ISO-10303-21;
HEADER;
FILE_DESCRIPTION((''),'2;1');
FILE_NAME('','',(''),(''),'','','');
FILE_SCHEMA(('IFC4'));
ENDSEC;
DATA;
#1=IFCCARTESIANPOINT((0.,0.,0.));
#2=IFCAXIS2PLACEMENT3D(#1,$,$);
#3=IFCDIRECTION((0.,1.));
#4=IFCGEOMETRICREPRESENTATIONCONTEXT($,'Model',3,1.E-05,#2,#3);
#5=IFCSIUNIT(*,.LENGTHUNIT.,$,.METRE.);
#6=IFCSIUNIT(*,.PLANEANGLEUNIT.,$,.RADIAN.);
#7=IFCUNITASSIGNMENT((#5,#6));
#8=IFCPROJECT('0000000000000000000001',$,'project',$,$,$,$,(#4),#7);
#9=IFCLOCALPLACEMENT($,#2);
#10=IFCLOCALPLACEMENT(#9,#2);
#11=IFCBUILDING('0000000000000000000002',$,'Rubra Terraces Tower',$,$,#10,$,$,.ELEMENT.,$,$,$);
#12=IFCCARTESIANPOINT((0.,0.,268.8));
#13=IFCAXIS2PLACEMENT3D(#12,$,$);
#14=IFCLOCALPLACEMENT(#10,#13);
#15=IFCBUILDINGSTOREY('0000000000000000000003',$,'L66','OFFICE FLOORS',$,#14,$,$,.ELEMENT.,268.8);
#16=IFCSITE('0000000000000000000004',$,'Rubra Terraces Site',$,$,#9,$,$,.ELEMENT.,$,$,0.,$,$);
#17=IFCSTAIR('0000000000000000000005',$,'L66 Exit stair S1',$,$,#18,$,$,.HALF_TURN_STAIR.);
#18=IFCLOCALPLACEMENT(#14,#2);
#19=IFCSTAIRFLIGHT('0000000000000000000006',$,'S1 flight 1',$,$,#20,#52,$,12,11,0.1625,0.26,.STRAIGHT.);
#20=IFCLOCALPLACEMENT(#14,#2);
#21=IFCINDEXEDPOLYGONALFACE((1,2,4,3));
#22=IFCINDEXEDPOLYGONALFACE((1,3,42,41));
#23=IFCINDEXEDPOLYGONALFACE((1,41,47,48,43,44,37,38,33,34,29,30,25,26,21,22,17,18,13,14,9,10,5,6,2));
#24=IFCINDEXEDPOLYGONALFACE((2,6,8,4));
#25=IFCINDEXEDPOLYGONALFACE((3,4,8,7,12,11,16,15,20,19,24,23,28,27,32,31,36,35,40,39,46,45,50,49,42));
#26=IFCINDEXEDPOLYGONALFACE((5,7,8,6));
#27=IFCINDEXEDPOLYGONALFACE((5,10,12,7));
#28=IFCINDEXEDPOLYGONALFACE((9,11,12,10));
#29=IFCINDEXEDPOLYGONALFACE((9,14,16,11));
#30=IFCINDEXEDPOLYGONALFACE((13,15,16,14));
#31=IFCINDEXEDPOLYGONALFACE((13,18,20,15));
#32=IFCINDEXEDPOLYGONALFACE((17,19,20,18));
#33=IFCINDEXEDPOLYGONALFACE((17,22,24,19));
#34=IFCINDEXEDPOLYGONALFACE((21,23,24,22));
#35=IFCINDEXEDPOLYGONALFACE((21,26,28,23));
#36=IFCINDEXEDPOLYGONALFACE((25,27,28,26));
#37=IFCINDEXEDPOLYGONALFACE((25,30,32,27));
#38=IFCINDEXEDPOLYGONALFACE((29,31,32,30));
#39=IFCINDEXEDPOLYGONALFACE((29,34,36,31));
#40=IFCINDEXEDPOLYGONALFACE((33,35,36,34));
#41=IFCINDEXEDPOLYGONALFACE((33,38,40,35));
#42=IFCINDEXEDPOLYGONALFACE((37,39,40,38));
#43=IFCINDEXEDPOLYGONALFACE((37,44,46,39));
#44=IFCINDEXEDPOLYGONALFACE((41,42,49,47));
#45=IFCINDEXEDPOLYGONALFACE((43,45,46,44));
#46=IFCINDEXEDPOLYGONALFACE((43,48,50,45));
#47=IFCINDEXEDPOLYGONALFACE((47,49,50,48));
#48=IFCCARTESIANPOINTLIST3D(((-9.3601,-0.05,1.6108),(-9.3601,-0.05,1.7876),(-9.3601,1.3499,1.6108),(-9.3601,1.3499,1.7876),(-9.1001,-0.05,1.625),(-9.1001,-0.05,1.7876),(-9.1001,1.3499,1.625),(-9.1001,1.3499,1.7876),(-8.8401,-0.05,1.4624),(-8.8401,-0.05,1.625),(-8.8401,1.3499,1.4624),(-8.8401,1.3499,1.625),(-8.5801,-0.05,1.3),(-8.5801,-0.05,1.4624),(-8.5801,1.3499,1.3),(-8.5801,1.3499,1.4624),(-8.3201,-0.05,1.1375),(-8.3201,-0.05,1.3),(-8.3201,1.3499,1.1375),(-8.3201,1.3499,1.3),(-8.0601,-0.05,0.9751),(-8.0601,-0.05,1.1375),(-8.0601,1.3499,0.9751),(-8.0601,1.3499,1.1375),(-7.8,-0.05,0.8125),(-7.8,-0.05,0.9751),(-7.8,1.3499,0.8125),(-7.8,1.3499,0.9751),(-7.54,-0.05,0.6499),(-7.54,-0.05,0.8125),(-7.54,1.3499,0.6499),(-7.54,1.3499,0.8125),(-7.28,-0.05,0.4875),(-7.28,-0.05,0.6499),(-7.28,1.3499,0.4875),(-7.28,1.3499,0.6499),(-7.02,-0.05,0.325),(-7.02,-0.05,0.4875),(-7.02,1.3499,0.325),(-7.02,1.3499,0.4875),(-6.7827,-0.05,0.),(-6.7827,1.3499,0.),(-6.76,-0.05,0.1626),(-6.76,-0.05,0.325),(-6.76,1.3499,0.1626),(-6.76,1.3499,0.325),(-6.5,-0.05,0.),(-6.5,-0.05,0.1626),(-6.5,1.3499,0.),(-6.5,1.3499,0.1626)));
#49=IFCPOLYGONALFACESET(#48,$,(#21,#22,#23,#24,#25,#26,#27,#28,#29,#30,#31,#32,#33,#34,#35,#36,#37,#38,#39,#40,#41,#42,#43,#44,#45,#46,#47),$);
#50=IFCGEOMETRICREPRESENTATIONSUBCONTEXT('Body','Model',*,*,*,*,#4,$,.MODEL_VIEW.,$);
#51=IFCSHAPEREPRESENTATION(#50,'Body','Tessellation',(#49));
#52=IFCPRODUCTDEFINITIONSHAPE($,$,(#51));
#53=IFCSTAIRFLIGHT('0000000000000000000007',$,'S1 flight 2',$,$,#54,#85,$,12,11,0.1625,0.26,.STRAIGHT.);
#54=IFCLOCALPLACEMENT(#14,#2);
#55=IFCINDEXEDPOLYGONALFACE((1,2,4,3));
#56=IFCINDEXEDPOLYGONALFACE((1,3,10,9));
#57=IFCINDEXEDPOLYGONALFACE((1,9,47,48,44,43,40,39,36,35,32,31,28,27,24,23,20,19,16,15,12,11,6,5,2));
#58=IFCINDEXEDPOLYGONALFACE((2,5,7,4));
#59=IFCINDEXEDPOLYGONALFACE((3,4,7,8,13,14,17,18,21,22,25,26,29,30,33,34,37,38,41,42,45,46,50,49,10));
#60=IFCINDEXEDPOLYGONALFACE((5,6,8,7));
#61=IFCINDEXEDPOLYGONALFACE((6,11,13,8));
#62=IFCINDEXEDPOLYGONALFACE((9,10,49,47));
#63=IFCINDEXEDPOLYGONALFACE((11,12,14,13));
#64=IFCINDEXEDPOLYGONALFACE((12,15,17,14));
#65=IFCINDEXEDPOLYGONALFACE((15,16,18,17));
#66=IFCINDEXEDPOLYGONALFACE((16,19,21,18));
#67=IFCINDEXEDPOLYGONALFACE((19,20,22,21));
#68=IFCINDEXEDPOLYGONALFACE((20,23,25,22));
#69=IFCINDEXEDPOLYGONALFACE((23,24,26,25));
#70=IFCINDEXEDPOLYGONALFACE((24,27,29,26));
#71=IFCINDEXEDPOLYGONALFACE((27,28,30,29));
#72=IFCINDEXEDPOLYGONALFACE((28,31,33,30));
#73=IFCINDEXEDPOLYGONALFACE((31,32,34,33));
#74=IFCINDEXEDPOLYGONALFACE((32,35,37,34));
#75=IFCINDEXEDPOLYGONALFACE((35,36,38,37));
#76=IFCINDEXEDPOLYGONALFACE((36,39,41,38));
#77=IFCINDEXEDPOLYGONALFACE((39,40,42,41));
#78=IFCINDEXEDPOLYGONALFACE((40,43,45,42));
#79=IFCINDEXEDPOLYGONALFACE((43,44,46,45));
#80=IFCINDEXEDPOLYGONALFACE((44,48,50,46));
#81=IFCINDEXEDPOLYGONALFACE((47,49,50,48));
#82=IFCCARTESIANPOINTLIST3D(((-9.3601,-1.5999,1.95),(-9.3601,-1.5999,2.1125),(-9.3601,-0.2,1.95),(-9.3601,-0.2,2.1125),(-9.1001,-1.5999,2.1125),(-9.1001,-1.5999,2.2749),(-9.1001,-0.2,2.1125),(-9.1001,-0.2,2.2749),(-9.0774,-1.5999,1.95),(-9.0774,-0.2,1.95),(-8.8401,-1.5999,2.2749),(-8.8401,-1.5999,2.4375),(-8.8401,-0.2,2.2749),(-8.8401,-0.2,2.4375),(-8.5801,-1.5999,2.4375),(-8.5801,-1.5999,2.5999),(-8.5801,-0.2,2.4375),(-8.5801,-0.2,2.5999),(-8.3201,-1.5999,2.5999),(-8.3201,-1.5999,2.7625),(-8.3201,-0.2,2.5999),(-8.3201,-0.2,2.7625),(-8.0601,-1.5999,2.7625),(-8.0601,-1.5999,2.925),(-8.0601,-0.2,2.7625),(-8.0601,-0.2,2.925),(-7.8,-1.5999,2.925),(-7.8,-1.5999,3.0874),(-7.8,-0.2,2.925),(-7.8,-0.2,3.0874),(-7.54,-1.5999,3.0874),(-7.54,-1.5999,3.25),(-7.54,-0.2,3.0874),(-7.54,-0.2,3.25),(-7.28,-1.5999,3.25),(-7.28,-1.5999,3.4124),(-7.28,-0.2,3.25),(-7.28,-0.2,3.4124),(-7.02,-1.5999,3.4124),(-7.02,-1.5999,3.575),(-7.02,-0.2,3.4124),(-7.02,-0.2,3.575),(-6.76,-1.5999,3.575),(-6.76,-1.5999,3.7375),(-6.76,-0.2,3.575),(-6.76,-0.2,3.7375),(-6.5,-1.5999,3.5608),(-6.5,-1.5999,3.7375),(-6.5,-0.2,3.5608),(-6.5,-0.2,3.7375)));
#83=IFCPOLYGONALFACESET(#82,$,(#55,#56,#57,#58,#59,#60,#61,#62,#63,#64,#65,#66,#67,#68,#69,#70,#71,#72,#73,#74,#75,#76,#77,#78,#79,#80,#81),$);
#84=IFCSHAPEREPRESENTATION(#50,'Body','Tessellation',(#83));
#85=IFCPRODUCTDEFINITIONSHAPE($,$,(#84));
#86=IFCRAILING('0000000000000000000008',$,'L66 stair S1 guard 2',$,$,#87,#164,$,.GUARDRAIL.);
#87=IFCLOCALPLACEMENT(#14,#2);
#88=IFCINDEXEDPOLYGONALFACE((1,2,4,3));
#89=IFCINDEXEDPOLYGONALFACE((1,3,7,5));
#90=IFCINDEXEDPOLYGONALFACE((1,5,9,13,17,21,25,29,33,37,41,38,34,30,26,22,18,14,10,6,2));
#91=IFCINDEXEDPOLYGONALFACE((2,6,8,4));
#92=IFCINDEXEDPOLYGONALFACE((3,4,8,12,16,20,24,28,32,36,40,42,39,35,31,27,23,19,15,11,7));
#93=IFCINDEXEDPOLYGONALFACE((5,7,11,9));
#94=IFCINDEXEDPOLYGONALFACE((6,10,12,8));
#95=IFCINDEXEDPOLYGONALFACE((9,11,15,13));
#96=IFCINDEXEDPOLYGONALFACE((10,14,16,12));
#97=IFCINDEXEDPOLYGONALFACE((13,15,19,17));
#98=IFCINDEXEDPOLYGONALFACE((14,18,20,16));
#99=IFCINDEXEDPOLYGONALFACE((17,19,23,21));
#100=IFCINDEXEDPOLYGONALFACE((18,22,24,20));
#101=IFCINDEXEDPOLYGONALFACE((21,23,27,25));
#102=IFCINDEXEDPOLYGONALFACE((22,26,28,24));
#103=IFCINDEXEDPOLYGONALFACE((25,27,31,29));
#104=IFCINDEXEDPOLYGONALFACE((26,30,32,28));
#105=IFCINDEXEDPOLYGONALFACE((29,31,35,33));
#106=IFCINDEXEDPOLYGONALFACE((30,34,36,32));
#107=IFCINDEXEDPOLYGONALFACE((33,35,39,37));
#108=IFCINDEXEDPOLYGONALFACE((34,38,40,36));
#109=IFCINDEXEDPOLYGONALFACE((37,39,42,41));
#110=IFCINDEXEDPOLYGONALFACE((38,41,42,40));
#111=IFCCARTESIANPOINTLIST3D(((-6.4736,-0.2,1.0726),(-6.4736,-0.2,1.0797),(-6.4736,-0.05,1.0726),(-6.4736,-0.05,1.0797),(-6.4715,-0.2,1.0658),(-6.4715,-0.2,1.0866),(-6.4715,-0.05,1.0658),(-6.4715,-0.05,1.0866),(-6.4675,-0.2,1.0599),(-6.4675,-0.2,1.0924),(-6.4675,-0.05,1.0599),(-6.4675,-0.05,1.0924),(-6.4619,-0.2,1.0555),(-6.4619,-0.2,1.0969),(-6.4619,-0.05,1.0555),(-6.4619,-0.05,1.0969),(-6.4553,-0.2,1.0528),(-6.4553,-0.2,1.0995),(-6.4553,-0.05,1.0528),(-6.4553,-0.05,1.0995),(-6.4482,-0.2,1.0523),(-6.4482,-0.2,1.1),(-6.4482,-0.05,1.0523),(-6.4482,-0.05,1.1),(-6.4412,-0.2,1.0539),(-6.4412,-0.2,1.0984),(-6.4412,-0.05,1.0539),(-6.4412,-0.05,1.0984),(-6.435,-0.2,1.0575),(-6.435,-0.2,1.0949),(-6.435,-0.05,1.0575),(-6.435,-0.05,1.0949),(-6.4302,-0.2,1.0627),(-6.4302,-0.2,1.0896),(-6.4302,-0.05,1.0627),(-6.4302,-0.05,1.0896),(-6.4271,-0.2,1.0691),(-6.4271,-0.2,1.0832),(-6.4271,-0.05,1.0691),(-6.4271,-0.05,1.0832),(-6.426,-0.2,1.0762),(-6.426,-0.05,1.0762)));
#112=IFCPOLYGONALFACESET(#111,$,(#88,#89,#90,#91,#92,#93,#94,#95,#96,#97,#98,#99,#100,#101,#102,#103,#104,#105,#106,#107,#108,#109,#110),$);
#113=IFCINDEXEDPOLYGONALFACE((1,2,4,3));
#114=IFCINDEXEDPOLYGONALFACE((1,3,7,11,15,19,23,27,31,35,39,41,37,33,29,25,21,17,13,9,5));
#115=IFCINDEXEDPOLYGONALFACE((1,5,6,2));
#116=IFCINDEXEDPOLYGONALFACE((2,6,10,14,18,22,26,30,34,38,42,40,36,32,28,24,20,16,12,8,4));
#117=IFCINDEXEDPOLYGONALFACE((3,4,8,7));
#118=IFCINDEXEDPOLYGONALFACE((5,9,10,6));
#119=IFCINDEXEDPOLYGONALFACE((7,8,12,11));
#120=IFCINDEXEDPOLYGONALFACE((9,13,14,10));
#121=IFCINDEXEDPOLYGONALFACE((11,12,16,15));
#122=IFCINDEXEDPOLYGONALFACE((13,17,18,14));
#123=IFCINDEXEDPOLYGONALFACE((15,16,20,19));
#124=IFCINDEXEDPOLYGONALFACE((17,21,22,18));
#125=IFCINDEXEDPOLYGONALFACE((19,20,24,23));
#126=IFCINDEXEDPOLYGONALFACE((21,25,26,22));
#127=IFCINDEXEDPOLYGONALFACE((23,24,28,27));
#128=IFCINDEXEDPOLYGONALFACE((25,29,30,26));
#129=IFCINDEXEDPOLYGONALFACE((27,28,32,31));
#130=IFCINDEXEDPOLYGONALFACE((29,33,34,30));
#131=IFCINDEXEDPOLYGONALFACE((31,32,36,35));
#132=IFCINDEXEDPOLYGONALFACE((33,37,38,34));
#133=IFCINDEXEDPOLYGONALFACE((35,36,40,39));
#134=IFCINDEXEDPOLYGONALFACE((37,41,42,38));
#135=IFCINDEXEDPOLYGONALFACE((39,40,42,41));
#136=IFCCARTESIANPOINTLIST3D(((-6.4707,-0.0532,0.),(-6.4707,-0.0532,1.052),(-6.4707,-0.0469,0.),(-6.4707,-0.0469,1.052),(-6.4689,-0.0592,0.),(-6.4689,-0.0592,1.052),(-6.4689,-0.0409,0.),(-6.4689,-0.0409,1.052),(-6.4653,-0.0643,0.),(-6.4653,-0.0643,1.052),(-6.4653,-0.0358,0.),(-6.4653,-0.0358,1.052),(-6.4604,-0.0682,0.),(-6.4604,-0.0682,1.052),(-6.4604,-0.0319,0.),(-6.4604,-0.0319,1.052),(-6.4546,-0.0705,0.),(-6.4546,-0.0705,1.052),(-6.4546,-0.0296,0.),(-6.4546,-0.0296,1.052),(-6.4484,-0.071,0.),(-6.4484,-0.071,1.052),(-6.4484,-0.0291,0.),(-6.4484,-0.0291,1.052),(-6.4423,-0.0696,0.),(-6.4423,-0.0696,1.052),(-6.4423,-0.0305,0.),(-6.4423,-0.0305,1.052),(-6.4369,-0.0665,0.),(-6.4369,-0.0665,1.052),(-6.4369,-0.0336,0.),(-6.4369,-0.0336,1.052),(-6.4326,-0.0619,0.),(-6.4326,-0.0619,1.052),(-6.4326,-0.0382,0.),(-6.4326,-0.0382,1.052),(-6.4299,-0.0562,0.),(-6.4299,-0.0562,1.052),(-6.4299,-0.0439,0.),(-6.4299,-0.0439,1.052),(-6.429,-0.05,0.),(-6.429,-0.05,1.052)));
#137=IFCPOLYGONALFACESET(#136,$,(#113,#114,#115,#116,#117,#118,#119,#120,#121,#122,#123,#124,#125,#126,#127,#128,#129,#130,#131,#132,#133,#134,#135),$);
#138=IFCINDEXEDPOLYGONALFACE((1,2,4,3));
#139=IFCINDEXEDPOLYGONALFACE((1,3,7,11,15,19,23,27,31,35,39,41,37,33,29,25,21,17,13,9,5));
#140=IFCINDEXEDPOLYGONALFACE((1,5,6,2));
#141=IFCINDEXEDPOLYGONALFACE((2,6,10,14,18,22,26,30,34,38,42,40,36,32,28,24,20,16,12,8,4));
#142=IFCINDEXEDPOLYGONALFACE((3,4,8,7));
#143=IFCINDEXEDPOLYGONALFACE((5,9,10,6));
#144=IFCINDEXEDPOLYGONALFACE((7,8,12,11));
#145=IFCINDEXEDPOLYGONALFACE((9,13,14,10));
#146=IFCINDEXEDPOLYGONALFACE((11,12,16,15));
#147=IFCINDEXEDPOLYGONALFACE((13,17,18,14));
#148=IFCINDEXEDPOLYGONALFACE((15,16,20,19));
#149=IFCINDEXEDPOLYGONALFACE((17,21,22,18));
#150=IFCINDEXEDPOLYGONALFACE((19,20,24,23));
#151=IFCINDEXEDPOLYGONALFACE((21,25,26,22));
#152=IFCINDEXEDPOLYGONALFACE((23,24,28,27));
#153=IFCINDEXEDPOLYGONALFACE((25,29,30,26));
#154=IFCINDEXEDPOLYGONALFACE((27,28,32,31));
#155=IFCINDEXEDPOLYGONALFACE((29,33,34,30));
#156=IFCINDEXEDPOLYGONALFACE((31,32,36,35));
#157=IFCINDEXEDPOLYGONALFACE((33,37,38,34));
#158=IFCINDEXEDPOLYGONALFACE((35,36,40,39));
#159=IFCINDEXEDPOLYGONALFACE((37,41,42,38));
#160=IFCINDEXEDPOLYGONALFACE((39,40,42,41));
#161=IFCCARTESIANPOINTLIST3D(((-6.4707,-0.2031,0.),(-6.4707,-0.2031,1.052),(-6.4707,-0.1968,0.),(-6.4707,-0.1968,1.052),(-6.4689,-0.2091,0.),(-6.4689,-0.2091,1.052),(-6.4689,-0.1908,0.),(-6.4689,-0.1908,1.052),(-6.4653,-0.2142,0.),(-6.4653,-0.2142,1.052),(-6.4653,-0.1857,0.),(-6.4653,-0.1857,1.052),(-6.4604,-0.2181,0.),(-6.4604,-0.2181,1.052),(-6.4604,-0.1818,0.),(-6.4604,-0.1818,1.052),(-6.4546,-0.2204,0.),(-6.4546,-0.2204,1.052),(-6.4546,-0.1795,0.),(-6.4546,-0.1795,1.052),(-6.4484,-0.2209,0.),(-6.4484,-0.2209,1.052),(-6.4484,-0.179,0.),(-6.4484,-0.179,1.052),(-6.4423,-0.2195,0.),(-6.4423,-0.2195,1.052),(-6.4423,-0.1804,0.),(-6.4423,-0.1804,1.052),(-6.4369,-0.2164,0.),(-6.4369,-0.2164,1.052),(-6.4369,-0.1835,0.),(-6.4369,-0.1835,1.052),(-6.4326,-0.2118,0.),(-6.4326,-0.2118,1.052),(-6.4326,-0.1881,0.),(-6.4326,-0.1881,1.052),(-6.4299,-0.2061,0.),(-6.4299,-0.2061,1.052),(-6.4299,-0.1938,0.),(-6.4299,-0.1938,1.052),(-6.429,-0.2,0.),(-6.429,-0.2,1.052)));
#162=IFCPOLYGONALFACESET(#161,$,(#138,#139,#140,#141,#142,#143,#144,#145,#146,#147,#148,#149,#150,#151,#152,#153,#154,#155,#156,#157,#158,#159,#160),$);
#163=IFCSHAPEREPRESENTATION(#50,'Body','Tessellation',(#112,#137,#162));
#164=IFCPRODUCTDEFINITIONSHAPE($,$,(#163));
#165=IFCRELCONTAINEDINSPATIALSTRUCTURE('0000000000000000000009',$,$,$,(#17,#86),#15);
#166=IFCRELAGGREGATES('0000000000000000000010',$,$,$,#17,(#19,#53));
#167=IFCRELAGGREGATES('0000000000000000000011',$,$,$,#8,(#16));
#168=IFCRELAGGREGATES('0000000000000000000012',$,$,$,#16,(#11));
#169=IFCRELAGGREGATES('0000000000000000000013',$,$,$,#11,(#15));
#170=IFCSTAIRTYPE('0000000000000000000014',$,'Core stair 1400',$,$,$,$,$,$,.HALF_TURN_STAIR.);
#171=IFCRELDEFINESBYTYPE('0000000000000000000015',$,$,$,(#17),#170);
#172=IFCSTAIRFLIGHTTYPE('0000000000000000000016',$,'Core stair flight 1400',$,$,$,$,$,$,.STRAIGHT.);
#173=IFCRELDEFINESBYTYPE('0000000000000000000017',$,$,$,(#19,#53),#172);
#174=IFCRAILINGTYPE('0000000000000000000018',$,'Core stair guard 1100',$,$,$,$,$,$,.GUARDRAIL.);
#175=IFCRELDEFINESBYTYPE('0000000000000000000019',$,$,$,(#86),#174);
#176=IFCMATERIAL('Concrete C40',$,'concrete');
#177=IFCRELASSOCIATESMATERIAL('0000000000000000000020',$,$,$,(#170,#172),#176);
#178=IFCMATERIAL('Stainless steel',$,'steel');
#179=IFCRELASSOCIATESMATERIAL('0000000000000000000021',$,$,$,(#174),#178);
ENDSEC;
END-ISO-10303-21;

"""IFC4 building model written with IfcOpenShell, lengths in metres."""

from ifc_helpers import new_model, si_unit, direction, frame, origin, origin_2d, place, context, subcontext, project, spatial, polyline, circle, outline, extrude, material, type_object, element, aggregate, save


model = new_model("IFC4")

# Units and contexts
model_context = context("Model", 3, precision=1e-05, world=origin(), true_north=direction((0.0, 1.0)))
body_context = subcontext(model_context, "Body", "Model", "MODEL_VIEW")
ifc_project = project(units=[si_unit("LENGTHUNIT", "METRE"), si_unit("PLANEANGLEUNIT", "RADIAN")], contexts=[model_context])

# Site, building, storey
site_placement = place(None, origin())
site = spatial("IfcSite", under=ifc_project, at=site_placement, Name="Rubra Terraces Site", CompositionType="ELEMENT", RefElevation=0.0)
building_placement = place(site_placement, origin())
building = spatial("IfcBuilding", under=site, at=building_placement, Name="Rubra Terraces Tower", CompositionType="ELEMENT")
storey_placement = place(building_placement, frame((0.0, 0.0, 268.8)))
storey = spatial("IfcBuildingStorey", under=building, at=storey_placement, Name="L66", Description="OFFICE FLOORS", CompositionType="ELEMENT", Elevation=268.8)

# Shared definitions
ifc_material_1 = material(Name="Concrete C40", Category="concrete")

# Stair
stair_type = type_object("IfcStairType", Name="Core stair 1400", PredefinedType="HALF_TURN_STAIR", material=ifc_material_1)
stair_placement = place(storey_placement, origin())
stair = element("IfcStair", 1, at=stair_placement, inside=storey, type_object=stair_type, Name="L66 Exit stair S1", PredefinedType="HALF_TURN_STAIR")

# Stair flights
stair_flight_type = type_object("IfcStairFlightType", Name="Core stair flight 1400", PredefinedType="STRAIGHT", material=ifc_material_1)
stair_flight_1_placement = place(storey_placement, frame((-6.5, 0.6499, 0.0), z_axis=(0.0, 0.0, 1.0), x_axis=(-1.0, 0.0, 0.0)))
stair_flight_1 = element("IfcStairFlight", 2, at=stair_flight_1_placement, type_object=stair_flight_type, Name="S1 flight 1", NumberOfRisers=12, NumberOfTreads=11, PredefinedType="STRAIGHT", RiserHeight=0.1625, TreadLength=0.26, context=body_context, shape_type="SweptSolid", body=[
    extrude(outline(polyline([(0.0, 0.0), (0.0, 0.1626), (0.26, 0.1626), (0.26, 0.325), (0.52, 0.325), (0.52, 0.4875), (0.78, 0.4875), (0.78, 0.6499), (1.04, 0.6499), (1.04, 0.8125), (1.3, 0.8125), (1.3, 0.9751), (1.5601, 0.9751), (1.5601, 1.1375), (1.8201, 1.1375), (1.8201, 1.3), (2.0801, 1.3), (2.0801, 1.4624), (2.3401, 1.4624), (2.3401, 1.625), (2.6001, 1.625), (2.6001, 1.7876), (2.8601, 1.7876), (2.8601, 1.95), (2.8601, 1.6108), (0.2827, 0.0), (0.0, 0.0)])), frame((0.0, 0.7, 0.0), z_axis=(0.0, -1.0, 0.0), x_axis=(1.0, 0.0, 0.0)), (0.0, 0.0, 1.0), 1.3999),
])
stair_flight_2_placement = place(storey_placement, frame((-9.3601, -0.8999, 1.95), z_axis=(0.0, 0.0, 1.0), x_axis=(1.0, 0.0, 0.0)))
stair_flight_2 = element("IfcStairFlight", 3, at=stair_flight_2_placement, type_object=stair_flight_type, Name="S1 flight 2", NumberOfRisers=12, NumberOfTreads=11, PredefinedType="STRAIGHT", RiserHeight=0.1625, TreadLength=0.26, context=body_context, shape_type="SweptSolid", body=[
    extrude(outline(polyline([(0.0, 0.0), (0.0, 0.1626), (0.26, 0.1626), (0.26, 0.325), (0.52, 0.325), (0.52, 0.4875), (0.78, 0.4875), (0.78, 0.6499), (1.04, 0.6499), (1.04, 0.8125), (1.3, 0.8125), (1.3, 0.9751), (1.5601, 0.9751), (1.5601, 1.1375), (1.8201, 1.1375), (1.8201, 1.3), (2.0801, 1.3), (2.0801, 1.4624), (2.3401, 1.4624), (2.3401, 1.625), (2.6001, 1.625), (2.6001, 1.7876), (2.8601, 1.7876), (2.8601, 1.95), (2.8601, 1.6108), (0.2827, 0.0), (0.0, 0.0)])), frame((0.0, 0.7, 0.0), z_axis=(0.0, -1.0, 0.0), x_axis=(1.0, 0.0, 0.0)), (0.0, 0.0, 1.0), 1.3999),
])
aggregate(stair, [stair_flight_1, stair_flight_2])

# Railing
ifc_material_2 = material(Name="Stainless steel", Category="steel")
railing_type_1 = type_object("IfcRailingType", Name="Core stair guard 1100", PredefinedType="GUARDRAIL", material=ifc_material_2)
railing_1_placement = place(storey_placement, frame((-6.45, -0.05, 0.0)))
element("IfcRailing", 4, at=railing_1_placement, inside=storey, type_object=railing_type_1, Name="L66 stair S1 guard 2", PredefinedType="GUARDRAIL", context=body_context, shape_type="SweptSolid", body=[
    extrude(circle(Radius=0.0239, at=origin_2d()), frame((0.0, 0.0, 1.0762), z_axis=(0.0, -1.0, 0.0), x_axis=(1.0, 0.0, 0.0)), (0.0, 0.0, 1.0), 0.1499),
    extrude(circle(Radius=0.021, at=origin_2d()), origin(), (0.0, 0.0, 1.0), 1.052),
    extrude(circle(Radius=0.021, at=origin_2d()), frame((0.0, -0.1499, 0.0)), (0.0, 0.0, 1.0), 1.052),
])

save(model, "model.ifc")
